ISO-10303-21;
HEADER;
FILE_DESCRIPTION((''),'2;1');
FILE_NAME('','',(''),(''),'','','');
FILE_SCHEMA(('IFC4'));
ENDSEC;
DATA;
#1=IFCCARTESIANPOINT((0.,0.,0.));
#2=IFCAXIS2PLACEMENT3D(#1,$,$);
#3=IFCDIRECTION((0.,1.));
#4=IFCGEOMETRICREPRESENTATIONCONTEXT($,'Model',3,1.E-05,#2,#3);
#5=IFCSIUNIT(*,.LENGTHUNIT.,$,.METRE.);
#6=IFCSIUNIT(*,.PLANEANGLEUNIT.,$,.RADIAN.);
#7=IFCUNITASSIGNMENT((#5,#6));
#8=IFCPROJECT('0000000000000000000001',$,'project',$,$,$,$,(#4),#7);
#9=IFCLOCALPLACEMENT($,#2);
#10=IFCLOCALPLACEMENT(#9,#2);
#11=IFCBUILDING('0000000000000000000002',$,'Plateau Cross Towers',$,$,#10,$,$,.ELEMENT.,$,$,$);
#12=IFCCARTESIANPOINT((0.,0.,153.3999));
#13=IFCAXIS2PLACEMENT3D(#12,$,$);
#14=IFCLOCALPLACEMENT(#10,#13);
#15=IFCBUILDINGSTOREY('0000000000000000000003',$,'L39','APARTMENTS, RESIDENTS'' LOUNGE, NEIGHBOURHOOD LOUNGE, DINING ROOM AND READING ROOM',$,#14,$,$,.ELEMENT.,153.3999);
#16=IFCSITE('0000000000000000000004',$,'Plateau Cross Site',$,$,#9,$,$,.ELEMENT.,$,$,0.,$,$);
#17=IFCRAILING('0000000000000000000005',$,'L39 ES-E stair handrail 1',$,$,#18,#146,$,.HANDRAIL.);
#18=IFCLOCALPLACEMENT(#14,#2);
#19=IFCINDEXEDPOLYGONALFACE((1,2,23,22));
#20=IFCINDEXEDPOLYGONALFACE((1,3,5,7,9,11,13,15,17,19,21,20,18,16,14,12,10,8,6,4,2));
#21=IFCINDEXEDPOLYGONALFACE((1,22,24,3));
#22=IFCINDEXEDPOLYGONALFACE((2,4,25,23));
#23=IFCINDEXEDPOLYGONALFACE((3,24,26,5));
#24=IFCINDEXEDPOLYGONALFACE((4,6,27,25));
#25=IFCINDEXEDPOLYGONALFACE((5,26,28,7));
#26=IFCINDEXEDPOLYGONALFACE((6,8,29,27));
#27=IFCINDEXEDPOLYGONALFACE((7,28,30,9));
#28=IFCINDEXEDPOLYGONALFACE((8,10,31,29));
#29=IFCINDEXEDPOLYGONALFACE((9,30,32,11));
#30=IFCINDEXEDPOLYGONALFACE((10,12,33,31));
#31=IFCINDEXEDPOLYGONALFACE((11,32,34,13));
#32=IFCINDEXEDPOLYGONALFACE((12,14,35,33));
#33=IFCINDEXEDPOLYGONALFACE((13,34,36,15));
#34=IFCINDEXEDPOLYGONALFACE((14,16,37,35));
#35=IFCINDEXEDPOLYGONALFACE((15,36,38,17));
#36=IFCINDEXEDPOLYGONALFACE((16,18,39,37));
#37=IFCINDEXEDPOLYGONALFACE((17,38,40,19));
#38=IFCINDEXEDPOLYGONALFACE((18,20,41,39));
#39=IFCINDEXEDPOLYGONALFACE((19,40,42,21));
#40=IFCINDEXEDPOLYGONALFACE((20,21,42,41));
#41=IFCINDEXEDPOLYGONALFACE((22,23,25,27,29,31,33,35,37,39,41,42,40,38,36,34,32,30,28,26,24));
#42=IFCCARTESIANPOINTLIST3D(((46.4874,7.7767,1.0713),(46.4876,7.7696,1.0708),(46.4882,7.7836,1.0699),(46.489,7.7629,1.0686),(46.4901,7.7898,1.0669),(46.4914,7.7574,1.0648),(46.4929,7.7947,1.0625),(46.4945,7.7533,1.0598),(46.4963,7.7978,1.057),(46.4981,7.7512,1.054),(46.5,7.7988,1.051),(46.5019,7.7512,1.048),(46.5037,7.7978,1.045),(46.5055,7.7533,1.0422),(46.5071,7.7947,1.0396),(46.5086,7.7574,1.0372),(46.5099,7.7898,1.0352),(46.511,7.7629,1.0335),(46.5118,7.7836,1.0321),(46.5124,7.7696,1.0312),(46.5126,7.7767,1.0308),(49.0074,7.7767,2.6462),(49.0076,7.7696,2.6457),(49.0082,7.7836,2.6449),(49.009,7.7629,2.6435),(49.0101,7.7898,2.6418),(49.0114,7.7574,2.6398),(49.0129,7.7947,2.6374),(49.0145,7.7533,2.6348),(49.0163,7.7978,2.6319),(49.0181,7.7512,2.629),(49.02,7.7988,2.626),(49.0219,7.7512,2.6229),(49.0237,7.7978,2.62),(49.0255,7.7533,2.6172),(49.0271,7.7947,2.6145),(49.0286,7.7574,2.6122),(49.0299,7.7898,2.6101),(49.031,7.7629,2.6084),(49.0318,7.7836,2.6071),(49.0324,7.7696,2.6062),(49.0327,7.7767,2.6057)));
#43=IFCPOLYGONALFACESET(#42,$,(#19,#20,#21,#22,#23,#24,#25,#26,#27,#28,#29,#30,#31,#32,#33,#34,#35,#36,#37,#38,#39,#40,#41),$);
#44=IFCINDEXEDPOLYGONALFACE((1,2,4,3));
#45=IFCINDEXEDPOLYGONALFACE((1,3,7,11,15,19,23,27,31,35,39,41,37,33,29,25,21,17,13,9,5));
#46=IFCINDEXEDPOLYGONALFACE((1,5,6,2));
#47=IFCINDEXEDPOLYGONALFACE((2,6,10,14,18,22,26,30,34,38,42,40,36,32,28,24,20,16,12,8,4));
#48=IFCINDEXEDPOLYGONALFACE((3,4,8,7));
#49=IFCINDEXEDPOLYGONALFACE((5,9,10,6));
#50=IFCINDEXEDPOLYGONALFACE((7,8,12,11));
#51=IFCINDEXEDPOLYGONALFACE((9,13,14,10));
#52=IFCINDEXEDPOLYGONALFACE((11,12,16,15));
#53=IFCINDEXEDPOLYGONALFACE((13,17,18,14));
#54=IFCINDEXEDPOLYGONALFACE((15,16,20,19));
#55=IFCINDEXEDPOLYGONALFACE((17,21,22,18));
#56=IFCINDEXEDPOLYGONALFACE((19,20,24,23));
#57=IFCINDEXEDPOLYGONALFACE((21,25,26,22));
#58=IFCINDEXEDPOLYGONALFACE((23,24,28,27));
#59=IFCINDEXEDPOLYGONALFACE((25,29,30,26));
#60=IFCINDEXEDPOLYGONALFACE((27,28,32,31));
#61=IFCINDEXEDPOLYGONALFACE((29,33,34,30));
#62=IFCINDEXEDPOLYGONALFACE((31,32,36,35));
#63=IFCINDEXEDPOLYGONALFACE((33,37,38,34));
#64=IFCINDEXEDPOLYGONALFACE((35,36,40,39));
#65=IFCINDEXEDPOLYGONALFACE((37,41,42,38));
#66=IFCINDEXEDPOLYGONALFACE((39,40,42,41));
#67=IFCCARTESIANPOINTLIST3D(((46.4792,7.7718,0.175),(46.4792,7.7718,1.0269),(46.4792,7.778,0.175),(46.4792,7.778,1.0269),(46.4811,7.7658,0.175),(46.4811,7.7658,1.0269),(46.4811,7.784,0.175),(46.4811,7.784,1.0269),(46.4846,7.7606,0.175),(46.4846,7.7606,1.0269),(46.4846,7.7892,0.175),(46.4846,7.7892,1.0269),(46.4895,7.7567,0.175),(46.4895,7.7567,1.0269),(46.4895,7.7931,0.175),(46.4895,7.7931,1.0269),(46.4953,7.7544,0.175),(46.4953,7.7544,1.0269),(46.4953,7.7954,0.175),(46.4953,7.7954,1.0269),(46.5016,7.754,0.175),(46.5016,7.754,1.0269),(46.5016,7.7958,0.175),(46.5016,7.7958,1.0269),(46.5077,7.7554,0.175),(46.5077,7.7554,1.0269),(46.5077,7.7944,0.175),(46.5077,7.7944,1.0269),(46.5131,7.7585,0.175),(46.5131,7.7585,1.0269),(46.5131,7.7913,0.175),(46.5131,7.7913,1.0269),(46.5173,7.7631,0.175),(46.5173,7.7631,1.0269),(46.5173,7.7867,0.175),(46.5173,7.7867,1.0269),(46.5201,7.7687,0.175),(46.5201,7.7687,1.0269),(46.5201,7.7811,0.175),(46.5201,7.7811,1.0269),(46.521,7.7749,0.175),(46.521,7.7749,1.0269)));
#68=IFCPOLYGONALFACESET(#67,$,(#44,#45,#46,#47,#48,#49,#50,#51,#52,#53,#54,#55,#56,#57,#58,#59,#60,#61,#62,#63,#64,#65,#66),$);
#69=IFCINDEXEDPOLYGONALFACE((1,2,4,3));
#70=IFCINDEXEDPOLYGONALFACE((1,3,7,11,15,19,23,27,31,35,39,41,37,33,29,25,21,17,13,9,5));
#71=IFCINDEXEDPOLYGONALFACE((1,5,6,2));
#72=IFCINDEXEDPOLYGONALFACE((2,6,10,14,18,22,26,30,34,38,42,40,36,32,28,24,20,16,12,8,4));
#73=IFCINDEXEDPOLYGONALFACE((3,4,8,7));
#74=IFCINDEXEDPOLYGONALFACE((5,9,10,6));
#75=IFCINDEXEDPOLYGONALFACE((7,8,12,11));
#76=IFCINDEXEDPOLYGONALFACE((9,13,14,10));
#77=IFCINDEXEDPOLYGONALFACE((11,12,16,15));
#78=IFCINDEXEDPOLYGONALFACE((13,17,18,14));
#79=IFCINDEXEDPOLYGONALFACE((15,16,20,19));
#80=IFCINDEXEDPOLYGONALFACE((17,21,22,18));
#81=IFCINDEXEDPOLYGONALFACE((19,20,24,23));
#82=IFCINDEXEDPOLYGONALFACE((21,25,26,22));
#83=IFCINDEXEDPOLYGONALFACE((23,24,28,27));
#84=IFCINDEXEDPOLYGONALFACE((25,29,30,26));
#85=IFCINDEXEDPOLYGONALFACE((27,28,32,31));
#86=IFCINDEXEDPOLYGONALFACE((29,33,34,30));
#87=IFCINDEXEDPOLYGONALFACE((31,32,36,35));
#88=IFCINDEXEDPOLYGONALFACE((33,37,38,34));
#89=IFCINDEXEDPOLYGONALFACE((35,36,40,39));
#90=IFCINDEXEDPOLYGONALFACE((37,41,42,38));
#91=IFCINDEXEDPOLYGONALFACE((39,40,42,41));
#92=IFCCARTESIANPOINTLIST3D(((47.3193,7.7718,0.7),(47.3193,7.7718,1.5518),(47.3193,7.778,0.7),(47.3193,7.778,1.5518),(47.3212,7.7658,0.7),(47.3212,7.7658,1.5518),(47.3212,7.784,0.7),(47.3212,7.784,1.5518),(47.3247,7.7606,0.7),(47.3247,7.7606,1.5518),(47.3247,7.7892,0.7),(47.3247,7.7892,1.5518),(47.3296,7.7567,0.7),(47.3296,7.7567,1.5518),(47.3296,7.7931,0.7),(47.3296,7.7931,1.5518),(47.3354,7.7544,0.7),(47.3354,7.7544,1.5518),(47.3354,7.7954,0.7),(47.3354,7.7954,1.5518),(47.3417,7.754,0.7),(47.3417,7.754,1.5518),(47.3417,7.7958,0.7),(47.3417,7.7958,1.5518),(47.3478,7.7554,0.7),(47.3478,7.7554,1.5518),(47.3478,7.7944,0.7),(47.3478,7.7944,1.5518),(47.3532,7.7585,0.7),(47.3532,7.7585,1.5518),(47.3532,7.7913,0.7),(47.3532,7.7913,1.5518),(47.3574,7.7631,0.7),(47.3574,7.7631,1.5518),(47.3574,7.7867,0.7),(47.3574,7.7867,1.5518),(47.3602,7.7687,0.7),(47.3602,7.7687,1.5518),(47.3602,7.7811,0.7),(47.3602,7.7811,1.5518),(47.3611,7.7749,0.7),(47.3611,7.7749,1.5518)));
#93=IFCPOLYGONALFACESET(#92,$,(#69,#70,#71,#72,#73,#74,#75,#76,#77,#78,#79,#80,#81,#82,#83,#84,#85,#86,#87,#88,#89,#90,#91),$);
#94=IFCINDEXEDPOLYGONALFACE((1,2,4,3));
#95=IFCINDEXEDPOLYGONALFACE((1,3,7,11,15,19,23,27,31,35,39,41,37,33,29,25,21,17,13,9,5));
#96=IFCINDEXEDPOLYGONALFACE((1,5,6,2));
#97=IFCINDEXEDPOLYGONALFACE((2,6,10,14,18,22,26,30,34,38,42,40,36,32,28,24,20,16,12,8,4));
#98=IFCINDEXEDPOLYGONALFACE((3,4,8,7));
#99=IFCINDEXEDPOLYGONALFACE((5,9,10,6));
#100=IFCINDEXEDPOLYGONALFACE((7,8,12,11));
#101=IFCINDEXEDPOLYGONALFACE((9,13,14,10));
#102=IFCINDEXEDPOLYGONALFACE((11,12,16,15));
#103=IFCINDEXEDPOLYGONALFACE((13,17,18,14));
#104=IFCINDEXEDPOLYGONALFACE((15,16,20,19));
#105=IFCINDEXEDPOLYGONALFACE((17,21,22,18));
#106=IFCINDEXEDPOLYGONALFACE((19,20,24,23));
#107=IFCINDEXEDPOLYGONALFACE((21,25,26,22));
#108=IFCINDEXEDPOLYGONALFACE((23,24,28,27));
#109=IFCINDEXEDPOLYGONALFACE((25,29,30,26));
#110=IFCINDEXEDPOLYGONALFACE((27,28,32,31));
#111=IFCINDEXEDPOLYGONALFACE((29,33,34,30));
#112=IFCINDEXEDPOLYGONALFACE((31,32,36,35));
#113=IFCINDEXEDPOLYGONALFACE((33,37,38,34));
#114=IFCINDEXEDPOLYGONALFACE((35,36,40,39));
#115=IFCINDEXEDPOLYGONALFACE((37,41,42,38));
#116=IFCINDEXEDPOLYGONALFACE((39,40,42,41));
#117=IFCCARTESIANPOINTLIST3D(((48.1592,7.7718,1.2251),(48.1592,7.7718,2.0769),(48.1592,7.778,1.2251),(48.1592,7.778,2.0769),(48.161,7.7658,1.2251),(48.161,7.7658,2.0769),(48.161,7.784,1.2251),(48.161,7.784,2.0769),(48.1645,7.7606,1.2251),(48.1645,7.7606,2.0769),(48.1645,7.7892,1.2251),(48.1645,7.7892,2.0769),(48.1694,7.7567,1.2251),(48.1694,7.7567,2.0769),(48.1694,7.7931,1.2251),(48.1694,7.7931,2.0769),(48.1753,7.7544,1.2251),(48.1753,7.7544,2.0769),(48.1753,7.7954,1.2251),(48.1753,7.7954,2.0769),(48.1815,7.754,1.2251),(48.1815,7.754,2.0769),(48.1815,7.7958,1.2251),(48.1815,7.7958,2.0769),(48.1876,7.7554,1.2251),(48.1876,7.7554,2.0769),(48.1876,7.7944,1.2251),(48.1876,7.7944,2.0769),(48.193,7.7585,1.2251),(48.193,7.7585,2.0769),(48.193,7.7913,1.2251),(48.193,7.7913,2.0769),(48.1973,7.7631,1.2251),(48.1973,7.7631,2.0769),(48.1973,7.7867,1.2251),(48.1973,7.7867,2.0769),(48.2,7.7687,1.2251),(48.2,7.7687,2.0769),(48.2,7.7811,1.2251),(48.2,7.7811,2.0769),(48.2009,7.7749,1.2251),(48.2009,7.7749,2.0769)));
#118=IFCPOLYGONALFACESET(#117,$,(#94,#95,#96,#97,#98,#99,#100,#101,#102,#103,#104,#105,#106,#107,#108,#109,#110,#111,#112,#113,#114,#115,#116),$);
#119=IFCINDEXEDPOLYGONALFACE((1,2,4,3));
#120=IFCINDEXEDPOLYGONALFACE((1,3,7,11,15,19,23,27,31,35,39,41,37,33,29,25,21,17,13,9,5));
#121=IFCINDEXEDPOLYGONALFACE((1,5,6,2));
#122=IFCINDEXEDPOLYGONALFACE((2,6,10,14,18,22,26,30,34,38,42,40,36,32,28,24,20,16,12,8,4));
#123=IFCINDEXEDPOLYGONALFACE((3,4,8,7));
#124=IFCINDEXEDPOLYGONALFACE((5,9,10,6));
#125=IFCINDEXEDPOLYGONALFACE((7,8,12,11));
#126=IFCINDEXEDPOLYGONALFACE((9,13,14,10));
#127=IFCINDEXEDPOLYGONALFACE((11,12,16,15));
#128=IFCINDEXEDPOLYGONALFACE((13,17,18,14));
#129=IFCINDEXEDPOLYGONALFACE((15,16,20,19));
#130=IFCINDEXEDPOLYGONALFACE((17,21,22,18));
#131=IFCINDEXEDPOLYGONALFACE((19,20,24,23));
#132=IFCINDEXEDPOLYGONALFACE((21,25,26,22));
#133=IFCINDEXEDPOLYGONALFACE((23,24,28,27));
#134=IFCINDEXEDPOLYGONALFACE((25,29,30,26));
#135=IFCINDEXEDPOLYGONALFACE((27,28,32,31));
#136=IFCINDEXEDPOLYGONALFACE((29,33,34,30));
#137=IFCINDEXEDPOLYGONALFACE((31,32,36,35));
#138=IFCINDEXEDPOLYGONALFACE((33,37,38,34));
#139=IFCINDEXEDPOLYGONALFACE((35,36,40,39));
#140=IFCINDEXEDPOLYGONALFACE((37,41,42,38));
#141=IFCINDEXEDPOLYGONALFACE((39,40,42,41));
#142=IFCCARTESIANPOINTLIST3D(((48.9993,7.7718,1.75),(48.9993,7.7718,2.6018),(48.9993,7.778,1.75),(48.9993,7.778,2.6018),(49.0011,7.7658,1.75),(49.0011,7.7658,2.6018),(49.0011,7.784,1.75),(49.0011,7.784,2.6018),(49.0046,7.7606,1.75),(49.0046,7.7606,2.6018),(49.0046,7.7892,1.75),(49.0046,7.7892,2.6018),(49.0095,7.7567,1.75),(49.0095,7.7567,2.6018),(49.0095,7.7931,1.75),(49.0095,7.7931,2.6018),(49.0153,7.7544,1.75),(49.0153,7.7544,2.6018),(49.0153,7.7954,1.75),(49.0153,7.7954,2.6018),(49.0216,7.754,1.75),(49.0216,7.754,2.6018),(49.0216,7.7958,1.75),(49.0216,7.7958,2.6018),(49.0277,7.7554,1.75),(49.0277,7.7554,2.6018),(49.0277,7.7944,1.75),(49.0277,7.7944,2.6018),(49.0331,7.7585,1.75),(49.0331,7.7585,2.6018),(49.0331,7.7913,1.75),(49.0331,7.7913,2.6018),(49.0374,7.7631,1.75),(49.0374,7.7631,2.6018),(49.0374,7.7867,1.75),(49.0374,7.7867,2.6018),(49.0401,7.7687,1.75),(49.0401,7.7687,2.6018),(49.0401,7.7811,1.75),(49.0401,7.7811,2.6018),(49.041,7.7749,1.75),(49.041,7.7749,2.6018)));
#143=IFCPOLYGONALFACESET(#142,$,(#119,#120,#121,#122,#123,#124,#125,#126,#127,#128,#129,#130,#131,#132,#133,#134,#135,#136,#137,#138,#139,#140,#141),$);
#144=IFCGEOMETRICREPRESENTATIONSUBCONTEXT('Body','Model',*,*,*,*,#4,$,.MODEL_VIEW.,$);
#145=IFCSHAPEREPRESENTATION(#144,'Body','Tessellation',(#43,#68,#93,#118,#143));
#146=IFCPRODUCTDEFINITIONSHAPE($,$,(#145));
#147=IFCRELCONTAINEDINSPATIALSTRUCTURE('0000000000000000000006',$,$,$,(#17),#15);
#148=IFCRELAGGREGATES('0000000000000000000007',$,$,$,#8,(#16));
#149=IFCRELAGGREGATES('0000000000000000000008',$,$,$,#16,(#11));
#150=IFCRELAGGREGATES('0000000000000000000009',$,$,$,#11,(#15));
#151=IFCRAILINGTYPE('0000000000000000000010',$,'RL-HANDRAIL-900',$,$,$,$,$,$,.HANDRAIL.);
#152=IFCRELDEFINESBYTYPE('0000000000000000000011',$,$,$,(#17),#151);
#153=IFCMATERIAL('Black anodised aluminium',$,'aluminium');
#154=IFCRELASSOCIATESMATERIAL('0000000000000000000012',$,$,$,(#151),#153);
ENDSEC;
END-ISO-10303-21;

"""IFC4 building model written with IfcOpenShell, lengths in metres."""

from ifc_helpers import new_model, si_unit, direction, frame, origin, origin_2d, place, context, subcontext, project, spatial, circle, extrude, material, type_object, element, save


model = new_model("IFC4")

# Units and contexts
model_context = context("Model", 3, precision=1e-05, world=origin(), true_north=direction((0.0, 1.0)))
body_context = subcontext(model_context, "Body", "Model", "MODEL_VIEW")
ifc_project = project(units=[si_unit("LENGTHUNIT", "METRE"), si_unit("PLANEANGLEUNIT", "RADIAN")], contexts=[model_context])

# Site, building, storey
site_placement = place(None, origin())
site = spatial("IfcSite", under=ifc_project, at=site_placement, Name="Plateau Cross Site", CompositionType="ELEMENT", RefElevation=0.0)
building_placement = place(site_placement, origin())
building = spatial("IfcBuilding", under=site, at=building_placement, Name="Plateau Cross Towers", CompositionType="ELEMENT")
storey_placement = place(building_placement, frame((0.0, 0.0, 153.3999)))
storey = spatial("IfcBuildingStorey", under=building, at=storey_placement, Name="L39", Description="APARTMENTS, RESIDENTS' LOUNGE, NEIGHBOURHOOD LOUNGE, DINING ROOM AND READING ROOM", CompositionType="ELEMENT", Elevation=153.3999)

# Shared definitions
ifc_material_1 = material(Name="Black anodised aluminium", Category="aluminium")

# Railing
railing_type_1 = type_object("IfcRailingType", Name="RL-HANDRAIL-900", PredefinedType="HANDRAIL", material=ifc_material_1)
railing_1_placement = place(storey_placement, frame((46.5, 7.7749, 0.175)))
element("IfcRailing", 1, at=railing_1_placement, inside=storey, type_object=railing_type_1, Name="L39 ES-E stair handrail 1", PredefinedType="HANDRAIL", context=body_context, shape_type="SweptSolid", body=[
    extrude(circle(Radius=0.0239, at=origin_2d()), frame((0.0, 0.0, 0.876), z_axis=(0.848008, 0.0, 0.529984), x_axis=(0.0, 1.0, 0.0)), (0.0, 0.0, 1.0), 2.9717),
    extrude(circle(Radius=0.021, at=origin_2d()), origin(), (0.0, 0.0, 1.0), 0.8518),
    extrude(circle(Radius=0.021, at=origin_2d()), frame((0.8401, 0.0, 0.5249)), (0.0, 0.0, 1.0), 0.8518),
    extrude(circle(Radius=0.021, at=origin_2d()), frame((1.6799, 0.0, 1.05)), (0.0, 0.0, 1.0), 0.8518),
    extrude(circle(Radius=0.021, at=origin_2d()), frame((2.52, 0.0, 1.575)), (0.0, 0.0, 1.0), 0.8518),
])

save(model, "model.ifc")
